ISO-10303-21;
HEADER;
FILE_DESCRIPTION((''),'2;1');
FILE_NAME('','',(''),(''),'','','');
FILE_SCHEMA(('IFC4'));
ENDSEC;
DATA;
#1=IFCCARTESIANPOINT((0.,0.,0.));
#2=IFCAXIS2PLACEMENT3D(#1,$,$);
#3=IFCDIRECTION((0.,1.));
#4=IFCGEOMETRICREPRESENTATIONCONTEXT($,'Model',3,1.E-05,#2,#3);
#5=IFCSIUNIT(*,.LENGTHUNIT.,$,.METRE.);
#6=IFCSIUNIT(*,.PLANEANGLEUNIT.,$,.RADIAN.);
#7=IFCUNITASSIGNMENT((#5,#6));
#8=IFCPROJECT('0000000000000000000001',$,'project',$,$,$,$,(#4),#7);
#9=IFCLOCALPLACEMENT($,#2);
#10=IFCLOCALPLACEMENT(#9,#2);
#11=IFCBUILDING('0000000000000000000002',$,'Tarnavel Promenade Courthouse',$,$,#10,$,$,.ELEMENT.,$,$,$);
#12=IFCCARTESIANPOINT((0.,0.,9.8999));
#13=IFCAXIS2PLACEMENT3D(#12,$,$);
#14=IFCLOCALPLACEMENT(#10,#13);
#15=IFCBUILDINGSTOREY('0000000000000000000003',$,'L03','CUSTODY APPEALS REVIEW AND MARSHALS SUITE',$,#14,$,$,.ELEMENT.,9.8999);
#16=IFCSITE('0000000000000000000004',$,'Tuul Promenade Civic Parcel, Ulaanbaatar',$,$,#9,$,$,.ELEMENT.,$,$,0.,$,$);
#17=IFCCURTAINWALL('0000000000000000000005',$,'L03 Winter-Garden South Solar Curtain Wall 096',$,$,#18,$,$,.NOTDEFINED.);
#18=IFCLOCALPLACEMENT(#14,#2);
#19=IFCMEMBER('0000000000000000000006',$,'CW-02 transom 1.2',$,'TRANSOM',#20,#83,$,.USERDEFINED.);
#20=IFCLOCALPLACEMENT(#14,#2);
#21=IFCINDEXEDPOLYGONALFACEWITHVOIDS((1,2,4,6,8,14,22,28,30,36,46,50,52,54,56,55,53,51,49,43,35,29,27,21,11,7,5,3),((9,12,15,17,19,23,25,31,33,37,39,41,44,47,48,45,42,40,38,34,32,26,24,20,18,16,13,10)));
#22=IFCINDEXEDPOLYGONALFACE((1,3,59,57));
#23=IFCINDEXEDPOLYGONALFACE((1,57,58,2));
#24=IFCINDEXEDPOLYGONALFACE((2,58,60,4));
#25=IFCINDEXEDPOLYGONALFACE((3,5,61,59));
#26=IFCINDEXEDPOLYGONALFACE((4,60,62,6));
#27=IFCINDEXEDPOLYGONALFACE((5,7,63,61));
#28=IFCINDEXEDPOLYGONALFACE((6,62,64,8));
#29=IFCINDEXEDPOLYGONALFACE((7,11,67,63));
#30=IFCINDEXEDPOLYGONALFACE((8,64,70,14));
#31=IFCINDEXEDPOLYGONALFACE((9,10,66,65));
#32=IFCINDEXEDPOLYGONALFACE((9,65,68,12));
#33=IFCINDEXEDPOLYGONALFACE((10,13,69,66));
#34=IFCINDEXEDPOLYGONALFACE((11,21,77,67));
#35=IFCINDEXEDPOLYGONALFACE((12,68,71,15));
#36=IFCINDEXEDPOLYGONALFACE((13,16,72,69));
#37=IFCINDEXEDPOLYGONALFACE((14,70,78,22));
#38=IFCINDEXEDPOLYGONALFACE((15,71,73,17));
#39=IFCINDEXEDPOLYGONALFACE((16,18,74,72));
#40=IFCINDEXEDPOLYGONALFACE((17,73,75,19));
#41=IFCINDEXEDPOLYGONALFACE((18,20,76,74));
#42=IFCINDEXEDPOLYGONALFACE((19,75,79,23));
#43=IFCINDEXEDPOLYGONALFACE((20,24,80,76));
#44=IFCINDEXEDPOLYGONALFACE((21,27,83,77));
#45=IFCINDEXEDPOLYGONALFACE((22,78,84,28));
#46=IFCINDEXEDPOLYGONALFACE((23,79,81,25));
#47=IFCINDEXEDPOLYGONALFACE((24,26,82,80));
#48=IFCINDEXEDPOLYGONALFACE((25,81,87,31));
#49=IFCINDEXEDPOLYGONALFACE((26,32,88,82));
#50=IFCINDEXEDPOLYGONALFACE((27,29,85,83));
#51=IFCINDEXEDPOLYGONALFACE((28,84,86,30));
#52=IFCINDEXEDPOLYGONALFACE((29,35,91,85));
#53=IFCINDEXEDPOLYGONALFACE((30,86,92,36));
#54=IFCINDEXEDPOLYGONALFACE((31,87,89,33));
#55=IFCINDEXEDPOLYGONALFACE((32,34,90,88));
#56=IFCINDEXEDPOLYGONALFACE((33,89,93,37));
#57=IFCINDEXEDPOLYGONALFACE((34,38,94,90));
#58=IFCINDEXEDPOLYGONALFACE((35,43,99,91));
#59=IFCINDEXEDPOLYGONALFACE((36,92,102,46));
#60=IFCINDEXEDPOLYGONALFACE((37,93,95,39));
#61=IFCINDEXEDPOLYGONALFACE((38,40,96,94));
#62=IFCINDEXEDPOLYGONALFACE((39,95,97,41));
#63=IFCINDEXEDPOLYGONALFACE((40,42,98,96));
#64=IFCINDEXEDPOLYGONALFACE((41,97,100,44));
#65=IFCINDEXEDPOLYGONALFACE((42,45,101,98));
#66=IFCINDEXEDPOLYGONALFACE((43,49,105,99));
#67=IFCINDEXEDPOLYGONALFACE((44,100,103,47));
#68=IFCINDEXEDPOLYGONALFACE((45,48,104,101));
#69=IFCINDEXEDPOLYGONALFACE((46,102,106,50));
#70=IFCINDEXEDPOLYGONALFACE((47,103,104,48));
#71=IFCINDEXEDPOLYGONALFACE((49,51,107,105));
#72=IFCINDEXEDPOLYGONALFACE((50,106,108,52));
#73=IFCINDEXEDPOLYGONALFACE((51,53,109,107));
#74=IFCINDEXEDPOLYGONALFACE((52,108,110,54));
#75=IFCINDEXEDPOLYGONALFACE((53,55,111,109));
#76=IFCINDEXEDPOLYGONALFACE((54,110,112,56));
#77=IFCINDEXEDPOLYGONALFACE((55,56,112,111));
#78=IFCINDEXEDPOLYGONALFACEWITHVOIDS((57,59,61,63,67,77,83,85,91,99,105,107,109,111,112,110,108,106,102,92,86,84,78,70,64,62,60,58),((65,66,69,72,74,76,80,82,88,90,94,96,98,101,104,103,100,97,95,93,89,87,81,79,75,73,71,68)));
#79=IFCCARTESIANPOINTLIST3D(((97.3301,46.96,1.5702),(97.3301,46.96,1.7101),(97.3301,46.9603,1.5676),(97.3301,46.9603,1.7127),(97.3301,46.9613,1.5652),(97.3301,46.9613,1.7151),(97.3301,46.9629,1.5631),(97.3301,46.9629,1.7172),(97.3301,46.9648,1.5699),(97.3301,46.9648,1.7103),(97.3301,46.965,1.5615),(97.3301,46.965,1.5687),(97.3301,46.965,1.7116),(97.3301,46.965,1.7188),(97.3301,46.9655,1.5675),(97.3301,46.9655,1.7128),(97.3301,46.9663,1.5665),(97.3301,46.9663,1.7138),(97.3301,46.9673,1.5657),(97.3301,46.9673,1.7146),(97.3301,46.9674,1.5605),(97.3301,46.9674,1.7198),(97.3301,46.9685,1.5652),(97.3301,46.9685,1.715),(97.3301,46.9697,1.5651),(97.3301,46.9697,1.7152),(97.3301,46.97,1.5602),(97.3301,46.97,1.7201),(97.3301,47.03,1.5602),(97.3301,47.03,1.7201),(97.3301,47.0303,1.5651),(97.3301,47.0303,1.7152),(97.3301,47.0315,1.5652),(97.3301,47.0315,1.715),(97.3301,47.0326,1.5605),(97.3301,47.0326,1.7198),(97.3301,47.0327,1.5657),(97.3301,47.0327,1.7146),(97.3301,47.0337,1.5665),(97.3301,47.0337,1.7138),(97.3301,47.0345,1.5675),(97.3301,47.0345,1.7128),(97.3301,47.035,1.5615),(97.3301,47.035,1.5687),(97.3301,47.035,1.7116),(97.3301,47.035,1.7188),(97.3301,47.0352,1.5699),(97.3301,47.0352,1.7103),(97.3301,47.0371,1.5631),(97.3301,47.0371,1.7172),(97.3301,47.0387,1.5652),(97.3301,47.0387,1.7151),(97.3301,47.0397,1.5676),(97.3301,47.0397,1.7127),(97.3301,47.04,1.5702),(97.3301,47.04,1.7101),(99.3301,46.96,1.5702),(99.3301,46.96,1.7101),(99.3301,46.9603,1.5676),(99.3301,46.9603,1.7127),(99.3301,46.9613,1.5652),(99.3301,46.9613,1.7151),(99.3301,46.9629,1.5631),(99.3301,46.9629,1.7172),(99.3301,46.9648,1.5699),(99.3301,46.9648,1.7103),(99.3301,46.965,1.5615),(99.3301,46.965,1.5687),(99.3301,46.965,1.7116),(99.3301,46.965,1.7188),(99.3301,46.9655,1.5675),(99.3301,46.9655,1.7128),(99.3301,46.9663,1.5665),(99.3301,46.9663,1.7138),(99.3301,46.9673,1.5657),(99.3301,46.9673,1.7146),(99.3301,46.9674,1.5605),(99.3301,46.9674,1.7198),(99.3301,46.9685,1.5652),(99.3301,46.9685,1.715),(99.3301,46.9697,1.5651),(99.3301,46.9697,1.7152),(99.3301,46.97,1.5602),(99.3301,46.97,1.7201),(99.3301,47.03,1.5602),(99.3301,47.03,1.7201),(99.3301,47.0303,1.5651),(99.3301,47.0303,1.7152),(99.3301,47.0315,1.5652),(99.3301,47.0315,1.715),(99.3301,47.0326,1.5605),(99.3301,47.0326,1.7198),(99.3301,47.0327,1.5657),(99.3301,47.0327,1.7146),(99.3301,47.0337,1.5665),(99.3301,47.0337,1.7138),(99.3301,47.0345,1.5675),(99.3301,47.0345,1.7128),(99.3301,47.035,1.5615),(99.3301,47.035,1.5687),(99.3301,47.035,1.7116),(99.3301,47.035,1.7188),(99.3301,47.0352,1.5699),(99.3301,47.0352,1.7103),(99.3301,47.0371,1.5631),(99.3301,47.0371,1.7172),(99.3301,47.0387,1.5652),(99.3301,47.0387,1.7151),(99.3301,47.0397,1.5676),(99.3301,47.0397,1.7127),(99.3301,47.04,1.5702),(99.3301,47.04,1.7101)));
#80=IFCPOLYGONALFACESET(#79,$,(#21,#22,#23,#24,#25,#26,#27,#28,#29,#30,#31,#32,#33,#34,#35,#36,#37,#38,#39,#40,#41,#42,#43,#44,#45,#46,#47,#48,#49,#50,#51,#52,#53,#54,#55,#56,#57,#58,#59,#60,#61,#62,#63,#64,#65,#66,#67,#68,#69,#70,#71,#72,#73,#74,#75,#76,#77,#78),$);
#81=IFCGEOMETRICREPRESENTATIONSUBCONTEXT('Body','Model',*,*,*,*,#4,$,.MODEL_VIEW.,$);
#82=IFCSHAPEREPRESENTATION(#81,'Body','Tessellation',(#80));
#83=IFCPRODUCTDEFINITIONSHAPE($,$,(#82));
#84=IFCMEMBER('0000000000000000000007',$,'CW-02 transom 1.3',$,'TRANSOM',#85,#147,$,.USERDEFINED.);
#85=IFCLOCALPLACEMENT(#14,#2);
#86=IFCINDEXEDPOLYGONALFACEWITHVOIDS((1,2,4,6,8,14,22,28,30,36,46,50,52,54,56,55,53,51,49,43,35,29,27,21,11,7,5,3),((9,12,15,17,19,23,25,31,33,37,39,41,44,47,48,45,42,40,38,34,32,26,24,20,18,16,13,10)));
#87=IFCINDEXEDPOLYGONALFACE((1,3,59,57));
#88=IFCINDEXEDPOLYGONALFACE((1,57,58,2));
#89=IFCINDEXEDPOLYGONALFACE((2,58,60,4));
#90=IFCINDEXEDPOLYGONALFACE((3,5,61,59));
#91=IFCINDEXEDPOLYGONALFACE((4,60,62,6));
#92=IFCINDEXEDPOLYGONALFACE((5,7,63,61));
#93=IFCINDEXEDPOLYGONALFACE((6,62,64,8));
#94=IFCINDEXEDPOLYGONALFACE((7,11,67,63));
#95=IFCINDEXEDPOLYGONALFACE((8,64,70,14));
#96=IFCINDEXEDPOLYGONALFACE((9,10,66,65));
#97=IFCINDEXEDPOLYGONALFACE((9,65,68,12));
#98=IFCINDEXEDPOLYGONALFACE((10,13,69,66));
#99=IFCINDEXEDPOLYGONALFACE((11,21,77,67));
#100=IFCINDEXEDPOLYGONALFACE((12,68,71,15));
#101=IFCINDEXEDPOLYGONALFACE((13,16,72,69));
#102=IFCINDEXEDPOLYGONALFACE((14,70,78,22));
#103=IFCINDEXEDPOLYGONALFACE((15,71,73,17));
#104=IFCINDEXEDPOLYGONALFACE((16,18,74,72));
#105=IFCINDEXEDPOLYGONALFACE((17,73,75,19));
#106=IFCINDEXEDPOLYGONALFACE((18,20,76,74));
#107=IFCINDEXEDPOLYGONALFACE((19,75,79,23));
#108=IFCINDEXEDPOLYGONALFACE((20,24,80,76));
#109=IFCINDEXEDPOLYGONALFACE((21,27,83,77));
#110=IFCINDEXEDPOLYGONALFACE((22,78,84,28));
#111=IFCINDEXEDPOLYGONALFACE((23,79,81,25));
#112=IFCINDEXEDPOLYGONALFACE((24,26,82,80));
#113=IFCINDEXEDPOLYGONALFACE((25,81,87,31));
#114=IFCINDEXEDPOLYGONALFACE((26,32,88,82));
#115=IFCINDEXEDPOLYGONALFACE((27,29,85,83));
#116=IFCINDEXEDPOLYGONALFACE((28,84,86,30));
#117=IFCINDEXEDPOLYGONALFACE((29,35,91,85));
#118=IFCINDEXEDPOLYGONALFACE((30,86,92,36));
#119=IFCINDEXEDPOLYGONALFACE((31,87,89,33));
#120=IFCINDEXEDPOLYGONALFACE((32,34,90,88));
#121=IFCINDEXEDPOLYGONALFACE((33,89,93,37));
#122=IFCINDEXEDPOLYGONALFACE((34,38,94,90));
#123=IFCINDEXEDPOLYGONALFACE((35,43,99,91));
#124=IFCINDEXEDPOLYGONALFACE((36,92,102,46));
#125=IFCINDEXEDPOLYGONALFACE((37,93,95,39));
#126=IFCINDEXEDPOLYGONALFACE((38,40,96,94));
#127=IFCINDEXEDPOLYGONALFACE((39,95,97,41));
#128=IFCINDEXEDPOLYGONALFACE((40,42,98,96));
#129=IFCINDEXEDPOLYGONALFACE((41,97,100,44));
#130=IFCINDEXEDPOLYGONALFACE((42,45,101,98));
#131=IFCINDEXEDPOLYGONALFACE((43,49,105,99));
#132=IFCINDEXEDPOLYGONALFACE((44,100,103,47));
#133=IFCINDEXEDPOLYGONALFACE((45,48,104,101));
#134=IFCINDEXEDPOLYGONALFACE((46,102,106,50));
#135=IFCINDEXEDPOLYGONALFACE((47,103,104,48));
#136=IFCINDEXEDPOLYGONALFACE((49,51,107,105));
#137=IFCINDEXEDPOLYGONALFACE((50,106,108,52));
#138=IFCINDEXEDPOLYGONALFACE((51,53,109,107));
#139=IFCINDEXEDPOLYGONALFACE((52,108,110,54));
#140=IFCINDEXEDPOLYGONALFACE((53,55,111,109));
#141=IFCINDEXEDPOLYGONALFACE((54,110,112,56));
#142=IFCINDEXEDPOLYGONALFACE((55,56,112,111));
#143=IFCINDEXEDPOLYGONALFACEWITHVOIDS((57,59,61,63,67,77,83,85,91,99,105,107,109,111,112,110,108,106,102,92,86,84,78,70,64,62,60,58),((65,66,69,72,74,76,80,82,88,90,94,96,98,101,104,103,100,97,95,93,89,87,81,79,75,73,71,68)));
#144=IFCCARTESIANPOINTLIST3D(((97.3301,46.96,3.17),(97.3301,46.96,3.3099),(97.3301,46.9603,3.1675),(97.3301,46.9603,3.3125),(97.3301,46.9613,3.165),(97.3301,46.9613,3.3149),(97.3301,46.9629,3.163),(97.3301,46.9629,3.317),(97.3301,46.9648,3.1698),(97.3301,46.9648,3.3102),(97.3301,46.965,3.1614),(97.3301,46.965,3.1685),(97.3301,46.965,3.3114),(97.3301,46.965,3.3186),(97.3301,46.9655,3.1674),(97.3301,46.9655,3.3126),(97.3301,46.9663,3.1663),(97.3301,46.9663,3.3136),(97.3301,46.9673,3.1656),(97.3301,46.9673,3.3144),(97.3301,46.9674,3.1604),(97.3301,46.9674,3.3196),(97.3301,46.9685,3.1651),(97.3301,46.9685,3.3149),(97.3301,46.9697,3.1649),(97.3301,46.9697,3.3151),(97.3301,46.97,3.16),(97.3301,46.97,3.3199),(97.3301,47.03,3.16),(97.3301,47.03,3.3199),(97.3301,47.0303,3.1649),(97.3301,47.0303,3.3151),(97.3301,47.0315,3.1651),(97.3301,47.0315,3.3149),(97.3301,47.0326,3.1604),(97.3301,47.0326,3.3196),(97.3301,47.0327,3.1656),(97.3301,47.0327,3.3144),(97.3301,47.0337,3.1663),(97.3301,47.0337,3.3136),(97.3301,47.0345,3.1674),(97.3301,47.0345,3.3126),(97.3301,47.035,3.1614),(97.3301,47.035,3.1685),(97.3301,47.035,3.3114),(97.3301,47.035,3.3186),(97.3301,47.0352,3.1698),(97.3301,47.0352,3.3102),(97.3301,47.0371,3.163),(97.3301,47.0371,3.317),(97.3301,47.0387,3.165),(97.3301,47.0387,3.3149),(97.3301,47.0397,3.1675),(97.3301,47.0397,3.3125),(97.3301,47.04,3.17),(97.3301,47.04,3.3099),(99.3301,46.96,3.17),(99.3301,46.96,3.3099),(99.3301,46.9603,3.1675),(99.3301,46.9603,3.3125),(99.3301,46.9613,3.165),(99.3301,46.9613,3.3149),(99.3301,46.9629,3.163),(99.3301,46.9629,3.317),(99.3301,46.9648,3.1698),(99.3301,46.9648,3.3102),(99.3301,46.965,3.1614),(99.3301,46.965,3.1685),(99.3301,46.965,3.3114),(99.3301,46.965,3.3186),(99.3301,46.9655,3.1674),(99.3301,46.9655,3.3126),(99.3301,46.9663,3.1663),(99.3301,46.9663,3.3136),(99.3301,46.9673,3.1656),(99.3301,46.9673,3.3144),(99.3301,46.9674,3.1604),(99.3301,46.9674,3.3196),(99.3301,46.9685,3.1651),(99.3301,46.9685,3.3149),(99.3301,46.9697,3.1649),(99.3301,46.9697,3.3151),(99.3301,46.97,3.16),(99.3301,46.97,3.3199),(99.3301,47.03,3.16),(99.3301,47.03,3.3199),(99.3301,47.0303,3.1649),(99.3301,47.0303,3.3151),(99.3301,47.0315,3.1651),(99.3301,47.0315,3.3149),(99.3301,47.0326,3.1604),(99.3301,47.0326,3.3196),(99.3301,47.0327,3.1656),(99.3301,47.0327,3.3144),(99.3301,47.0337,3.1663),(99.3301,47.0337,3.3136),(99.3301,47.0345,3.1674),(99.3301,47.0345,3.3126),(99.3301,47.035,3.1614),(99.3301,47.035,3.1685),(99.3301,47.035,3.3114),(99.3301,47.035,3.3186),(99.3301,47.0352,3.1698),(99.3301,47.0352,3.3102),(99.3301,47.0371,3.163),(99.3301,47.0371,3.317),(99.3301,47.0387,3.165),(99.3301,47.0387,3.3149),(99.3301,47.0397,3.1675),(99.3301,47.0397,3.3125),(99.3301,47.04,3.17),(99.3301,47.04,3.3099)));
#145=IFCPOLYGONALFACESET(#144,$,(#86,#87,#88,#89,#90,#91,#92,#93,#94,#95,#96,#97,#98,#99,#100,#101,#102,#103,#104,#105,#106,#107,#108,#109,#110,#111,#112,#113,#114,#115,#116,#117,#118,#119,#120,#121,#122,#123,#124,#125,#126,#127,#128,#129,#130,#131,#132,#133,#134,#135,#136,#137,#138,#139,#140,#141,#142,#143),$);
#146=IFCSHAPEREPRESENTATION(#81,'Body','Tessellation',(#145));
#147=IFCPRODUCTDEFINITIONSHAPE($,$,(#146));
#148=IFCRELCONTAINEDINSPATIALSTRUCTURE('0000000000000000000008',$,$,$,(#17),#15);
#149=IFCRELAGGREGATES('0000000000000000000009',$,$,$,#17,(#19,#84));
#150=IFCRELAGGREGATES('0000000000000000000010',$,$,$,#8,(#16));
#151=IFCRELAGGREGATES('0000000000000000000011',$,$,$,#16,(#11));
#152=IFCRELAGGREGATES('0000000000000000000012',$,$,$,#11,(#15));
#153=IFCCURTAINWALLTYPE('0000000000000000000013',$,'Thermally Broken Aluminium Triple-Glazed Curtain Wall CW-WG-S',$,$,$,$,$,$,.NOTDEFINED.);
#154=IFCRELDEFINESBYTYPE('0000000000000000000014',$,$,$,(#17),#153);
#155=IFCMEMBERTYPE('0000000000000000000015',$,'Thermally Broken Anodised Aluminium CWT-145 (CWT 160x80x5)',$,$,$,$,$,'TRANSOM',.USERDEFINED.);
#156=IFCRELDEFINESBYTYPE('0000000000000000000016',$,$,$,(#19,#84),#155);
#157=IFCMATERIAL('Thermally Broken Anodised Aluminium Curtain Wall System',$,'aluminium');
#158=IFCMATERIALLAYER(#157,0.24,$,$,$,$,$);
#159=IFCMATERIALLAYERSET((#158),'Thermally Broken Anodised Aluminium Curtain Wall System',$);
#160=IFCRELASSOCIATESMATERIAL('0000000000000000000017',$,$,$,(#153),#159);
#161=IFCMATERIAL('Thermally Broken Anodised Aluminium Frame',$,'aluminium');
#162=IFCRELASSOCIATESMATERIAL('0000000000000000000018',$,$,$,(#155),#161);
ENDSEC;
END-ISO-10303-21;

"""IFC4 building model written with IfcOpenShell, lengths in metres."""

from ifc_helpers import new_model, si_unit, direction, frame, origin, origin_2d, place, context, subcontext, project, spatial, hollow_rectangle, extrude, material, layer, layer_set, material_profile, profile_set, type_object, element, aggregate, save


model = new_model("IFC4")

# Units and contexts
model_context = context("Model", 3, precision=1e-05, world=origin(), true_north=direction((0.0, 1.0)))
body_context = subcontext(model_context, "Body", "Model", "MODEL_VIEW")
ifc_project = project(units=[si_unit("LENGTHUNIT", "METRE"), si_unit("PLANEANGLEUNIT", "RADIAN")], contexts=[model_context])

# Site, building, storey
site_placement = place(None, origin())
site = spatial("IfcSite", under=ifc_project, at=site_placement, Name="Tuul Promenade Civic Parcel, Ulaanbaatar", CompositionType="ELEMENT", RefElevation=0.0)
building_placement = place(site_placement, origin())
building = spatial("IfcBuilding", under=site, at=building_placement, Name="Tarnavel Promenade Courthouse", CompositionType="ELEMENT")
storey_placement = place(building_placement, frame((0.0, 0.0, 9.8999)))
storey = spatial("IfcBuildingStorey", under=building, at=storey_placement, Name="L03", Description="CUSTODY APPEALS REVIEW AND MARSHALS SUITE", CompositionType="ELEMENT", Elevation=9.8999)

# Curtain wall
ifc_material_1 = material(Name="Thermally Broken Anodised Aluminium Curtain Wall System", Category="aluminium")
ifc_layer_1 = layer(ifc_material_1, 0.24)
ifc_layer_set_1 = layer_set([ifc_layer_1], Name="Thermally Broken Anodised Aluminium Curtain Wall System")
curtain_wall_type = type_object("IfcCurtainWallType", Name="Thermally Broken Aluminium Triple-Glazed Curtain Wall CW-WG-S", PredefinedType="NOTDEFINED", material=ifc_layer_set_1)
curtain_wall_1_placement = place(storey_placement, origin())
curtain_wall_1 = element("IfcCurtainWall", 1, at=curtain_wall_1_placement, inside=storey, type_object=curtain_wall_type, Name="L03 Winter-Garden South Solar Curtain Wall 096", PredefinedType="NOTDEFINED")
ifc_material_2 = material(Name="Thermally Broken Anodised Aluminium Frame", Category="aluminium")

# Members
ifc_material_profile_1 = material_profile(ifc_material_2, hollow_rectangle(XDim=0.0801, YDim=0.1599, WallThickness=0.0049, InnerFilletRadius=0.0049, OuterFilletRadius=0.01, at=origin_2d()), Name="CWT 160x80x5")
ifc_profile_set_1 = profile_set([ifc_material_profile_1], Name="Thermally Broken Anodised Aluminium Frame")
member_type_1 = type_object("IfcMemberType", Name="Thermally Broken Anodised Aluminium CWT-145 (CWT 160x80x5)", ElementType="TRANSOM", PredefinedType="USERDEFINED", material=ifc_profile_set_1)
member_1_placement = place(storey_placement, frame((97.3301, 47.0, 1.6401), z_axis=(1.0, 0.0, 0.0), x_axis=(0.0, 1.0, 0.0)))
member_1 = element("IfcMember", 2, at=member_1_placement, type_object=member_type_1, Name="CW-02 transom 1.2", ObjectType="TRANSOM", PredefinedType="USERDEFINED", context=body_context, shape_type="SweptSolid", body=[
    extrude(hollow_rectangle(XDim=0.0801, YDim=0.1599, WallThickness=0.0049, InnerFilletRadius=0.0049, OuterFilletRadius=0.01, at=origin_2d()), origin(), (0.0, 0.0, 1.0), 2.0),
])
member_2_placement = place(storey_placement, frame((97.3301, 47.0, 3.24), z_axis=(1.0, 0.0, 0.0), x_axis=(0.0, 1.0, 0.0)))
member_2 = element("IfcMember", 3, at=member_2_placement, type_object=member_type_1, Name="CW-02 transom 1.3", ObjectType="TRANSOM", PredefinedType="USERDEFINED", context=body_context, shape_type="SweptSolid", body=[
    extrude(hollow_rectangle(XDim=0.0801, YDim=0.1599, WallThickness=0.0049, InnerFilletRadius=0.0049, OuterFilletRadius=0.01, at=origin_2d()), origin(), (0.0, 0.0, 1.0), 2.0),
])

aggregate(curtain_wall_1, [member_1, member_2])

save(model, "model.ifc")
